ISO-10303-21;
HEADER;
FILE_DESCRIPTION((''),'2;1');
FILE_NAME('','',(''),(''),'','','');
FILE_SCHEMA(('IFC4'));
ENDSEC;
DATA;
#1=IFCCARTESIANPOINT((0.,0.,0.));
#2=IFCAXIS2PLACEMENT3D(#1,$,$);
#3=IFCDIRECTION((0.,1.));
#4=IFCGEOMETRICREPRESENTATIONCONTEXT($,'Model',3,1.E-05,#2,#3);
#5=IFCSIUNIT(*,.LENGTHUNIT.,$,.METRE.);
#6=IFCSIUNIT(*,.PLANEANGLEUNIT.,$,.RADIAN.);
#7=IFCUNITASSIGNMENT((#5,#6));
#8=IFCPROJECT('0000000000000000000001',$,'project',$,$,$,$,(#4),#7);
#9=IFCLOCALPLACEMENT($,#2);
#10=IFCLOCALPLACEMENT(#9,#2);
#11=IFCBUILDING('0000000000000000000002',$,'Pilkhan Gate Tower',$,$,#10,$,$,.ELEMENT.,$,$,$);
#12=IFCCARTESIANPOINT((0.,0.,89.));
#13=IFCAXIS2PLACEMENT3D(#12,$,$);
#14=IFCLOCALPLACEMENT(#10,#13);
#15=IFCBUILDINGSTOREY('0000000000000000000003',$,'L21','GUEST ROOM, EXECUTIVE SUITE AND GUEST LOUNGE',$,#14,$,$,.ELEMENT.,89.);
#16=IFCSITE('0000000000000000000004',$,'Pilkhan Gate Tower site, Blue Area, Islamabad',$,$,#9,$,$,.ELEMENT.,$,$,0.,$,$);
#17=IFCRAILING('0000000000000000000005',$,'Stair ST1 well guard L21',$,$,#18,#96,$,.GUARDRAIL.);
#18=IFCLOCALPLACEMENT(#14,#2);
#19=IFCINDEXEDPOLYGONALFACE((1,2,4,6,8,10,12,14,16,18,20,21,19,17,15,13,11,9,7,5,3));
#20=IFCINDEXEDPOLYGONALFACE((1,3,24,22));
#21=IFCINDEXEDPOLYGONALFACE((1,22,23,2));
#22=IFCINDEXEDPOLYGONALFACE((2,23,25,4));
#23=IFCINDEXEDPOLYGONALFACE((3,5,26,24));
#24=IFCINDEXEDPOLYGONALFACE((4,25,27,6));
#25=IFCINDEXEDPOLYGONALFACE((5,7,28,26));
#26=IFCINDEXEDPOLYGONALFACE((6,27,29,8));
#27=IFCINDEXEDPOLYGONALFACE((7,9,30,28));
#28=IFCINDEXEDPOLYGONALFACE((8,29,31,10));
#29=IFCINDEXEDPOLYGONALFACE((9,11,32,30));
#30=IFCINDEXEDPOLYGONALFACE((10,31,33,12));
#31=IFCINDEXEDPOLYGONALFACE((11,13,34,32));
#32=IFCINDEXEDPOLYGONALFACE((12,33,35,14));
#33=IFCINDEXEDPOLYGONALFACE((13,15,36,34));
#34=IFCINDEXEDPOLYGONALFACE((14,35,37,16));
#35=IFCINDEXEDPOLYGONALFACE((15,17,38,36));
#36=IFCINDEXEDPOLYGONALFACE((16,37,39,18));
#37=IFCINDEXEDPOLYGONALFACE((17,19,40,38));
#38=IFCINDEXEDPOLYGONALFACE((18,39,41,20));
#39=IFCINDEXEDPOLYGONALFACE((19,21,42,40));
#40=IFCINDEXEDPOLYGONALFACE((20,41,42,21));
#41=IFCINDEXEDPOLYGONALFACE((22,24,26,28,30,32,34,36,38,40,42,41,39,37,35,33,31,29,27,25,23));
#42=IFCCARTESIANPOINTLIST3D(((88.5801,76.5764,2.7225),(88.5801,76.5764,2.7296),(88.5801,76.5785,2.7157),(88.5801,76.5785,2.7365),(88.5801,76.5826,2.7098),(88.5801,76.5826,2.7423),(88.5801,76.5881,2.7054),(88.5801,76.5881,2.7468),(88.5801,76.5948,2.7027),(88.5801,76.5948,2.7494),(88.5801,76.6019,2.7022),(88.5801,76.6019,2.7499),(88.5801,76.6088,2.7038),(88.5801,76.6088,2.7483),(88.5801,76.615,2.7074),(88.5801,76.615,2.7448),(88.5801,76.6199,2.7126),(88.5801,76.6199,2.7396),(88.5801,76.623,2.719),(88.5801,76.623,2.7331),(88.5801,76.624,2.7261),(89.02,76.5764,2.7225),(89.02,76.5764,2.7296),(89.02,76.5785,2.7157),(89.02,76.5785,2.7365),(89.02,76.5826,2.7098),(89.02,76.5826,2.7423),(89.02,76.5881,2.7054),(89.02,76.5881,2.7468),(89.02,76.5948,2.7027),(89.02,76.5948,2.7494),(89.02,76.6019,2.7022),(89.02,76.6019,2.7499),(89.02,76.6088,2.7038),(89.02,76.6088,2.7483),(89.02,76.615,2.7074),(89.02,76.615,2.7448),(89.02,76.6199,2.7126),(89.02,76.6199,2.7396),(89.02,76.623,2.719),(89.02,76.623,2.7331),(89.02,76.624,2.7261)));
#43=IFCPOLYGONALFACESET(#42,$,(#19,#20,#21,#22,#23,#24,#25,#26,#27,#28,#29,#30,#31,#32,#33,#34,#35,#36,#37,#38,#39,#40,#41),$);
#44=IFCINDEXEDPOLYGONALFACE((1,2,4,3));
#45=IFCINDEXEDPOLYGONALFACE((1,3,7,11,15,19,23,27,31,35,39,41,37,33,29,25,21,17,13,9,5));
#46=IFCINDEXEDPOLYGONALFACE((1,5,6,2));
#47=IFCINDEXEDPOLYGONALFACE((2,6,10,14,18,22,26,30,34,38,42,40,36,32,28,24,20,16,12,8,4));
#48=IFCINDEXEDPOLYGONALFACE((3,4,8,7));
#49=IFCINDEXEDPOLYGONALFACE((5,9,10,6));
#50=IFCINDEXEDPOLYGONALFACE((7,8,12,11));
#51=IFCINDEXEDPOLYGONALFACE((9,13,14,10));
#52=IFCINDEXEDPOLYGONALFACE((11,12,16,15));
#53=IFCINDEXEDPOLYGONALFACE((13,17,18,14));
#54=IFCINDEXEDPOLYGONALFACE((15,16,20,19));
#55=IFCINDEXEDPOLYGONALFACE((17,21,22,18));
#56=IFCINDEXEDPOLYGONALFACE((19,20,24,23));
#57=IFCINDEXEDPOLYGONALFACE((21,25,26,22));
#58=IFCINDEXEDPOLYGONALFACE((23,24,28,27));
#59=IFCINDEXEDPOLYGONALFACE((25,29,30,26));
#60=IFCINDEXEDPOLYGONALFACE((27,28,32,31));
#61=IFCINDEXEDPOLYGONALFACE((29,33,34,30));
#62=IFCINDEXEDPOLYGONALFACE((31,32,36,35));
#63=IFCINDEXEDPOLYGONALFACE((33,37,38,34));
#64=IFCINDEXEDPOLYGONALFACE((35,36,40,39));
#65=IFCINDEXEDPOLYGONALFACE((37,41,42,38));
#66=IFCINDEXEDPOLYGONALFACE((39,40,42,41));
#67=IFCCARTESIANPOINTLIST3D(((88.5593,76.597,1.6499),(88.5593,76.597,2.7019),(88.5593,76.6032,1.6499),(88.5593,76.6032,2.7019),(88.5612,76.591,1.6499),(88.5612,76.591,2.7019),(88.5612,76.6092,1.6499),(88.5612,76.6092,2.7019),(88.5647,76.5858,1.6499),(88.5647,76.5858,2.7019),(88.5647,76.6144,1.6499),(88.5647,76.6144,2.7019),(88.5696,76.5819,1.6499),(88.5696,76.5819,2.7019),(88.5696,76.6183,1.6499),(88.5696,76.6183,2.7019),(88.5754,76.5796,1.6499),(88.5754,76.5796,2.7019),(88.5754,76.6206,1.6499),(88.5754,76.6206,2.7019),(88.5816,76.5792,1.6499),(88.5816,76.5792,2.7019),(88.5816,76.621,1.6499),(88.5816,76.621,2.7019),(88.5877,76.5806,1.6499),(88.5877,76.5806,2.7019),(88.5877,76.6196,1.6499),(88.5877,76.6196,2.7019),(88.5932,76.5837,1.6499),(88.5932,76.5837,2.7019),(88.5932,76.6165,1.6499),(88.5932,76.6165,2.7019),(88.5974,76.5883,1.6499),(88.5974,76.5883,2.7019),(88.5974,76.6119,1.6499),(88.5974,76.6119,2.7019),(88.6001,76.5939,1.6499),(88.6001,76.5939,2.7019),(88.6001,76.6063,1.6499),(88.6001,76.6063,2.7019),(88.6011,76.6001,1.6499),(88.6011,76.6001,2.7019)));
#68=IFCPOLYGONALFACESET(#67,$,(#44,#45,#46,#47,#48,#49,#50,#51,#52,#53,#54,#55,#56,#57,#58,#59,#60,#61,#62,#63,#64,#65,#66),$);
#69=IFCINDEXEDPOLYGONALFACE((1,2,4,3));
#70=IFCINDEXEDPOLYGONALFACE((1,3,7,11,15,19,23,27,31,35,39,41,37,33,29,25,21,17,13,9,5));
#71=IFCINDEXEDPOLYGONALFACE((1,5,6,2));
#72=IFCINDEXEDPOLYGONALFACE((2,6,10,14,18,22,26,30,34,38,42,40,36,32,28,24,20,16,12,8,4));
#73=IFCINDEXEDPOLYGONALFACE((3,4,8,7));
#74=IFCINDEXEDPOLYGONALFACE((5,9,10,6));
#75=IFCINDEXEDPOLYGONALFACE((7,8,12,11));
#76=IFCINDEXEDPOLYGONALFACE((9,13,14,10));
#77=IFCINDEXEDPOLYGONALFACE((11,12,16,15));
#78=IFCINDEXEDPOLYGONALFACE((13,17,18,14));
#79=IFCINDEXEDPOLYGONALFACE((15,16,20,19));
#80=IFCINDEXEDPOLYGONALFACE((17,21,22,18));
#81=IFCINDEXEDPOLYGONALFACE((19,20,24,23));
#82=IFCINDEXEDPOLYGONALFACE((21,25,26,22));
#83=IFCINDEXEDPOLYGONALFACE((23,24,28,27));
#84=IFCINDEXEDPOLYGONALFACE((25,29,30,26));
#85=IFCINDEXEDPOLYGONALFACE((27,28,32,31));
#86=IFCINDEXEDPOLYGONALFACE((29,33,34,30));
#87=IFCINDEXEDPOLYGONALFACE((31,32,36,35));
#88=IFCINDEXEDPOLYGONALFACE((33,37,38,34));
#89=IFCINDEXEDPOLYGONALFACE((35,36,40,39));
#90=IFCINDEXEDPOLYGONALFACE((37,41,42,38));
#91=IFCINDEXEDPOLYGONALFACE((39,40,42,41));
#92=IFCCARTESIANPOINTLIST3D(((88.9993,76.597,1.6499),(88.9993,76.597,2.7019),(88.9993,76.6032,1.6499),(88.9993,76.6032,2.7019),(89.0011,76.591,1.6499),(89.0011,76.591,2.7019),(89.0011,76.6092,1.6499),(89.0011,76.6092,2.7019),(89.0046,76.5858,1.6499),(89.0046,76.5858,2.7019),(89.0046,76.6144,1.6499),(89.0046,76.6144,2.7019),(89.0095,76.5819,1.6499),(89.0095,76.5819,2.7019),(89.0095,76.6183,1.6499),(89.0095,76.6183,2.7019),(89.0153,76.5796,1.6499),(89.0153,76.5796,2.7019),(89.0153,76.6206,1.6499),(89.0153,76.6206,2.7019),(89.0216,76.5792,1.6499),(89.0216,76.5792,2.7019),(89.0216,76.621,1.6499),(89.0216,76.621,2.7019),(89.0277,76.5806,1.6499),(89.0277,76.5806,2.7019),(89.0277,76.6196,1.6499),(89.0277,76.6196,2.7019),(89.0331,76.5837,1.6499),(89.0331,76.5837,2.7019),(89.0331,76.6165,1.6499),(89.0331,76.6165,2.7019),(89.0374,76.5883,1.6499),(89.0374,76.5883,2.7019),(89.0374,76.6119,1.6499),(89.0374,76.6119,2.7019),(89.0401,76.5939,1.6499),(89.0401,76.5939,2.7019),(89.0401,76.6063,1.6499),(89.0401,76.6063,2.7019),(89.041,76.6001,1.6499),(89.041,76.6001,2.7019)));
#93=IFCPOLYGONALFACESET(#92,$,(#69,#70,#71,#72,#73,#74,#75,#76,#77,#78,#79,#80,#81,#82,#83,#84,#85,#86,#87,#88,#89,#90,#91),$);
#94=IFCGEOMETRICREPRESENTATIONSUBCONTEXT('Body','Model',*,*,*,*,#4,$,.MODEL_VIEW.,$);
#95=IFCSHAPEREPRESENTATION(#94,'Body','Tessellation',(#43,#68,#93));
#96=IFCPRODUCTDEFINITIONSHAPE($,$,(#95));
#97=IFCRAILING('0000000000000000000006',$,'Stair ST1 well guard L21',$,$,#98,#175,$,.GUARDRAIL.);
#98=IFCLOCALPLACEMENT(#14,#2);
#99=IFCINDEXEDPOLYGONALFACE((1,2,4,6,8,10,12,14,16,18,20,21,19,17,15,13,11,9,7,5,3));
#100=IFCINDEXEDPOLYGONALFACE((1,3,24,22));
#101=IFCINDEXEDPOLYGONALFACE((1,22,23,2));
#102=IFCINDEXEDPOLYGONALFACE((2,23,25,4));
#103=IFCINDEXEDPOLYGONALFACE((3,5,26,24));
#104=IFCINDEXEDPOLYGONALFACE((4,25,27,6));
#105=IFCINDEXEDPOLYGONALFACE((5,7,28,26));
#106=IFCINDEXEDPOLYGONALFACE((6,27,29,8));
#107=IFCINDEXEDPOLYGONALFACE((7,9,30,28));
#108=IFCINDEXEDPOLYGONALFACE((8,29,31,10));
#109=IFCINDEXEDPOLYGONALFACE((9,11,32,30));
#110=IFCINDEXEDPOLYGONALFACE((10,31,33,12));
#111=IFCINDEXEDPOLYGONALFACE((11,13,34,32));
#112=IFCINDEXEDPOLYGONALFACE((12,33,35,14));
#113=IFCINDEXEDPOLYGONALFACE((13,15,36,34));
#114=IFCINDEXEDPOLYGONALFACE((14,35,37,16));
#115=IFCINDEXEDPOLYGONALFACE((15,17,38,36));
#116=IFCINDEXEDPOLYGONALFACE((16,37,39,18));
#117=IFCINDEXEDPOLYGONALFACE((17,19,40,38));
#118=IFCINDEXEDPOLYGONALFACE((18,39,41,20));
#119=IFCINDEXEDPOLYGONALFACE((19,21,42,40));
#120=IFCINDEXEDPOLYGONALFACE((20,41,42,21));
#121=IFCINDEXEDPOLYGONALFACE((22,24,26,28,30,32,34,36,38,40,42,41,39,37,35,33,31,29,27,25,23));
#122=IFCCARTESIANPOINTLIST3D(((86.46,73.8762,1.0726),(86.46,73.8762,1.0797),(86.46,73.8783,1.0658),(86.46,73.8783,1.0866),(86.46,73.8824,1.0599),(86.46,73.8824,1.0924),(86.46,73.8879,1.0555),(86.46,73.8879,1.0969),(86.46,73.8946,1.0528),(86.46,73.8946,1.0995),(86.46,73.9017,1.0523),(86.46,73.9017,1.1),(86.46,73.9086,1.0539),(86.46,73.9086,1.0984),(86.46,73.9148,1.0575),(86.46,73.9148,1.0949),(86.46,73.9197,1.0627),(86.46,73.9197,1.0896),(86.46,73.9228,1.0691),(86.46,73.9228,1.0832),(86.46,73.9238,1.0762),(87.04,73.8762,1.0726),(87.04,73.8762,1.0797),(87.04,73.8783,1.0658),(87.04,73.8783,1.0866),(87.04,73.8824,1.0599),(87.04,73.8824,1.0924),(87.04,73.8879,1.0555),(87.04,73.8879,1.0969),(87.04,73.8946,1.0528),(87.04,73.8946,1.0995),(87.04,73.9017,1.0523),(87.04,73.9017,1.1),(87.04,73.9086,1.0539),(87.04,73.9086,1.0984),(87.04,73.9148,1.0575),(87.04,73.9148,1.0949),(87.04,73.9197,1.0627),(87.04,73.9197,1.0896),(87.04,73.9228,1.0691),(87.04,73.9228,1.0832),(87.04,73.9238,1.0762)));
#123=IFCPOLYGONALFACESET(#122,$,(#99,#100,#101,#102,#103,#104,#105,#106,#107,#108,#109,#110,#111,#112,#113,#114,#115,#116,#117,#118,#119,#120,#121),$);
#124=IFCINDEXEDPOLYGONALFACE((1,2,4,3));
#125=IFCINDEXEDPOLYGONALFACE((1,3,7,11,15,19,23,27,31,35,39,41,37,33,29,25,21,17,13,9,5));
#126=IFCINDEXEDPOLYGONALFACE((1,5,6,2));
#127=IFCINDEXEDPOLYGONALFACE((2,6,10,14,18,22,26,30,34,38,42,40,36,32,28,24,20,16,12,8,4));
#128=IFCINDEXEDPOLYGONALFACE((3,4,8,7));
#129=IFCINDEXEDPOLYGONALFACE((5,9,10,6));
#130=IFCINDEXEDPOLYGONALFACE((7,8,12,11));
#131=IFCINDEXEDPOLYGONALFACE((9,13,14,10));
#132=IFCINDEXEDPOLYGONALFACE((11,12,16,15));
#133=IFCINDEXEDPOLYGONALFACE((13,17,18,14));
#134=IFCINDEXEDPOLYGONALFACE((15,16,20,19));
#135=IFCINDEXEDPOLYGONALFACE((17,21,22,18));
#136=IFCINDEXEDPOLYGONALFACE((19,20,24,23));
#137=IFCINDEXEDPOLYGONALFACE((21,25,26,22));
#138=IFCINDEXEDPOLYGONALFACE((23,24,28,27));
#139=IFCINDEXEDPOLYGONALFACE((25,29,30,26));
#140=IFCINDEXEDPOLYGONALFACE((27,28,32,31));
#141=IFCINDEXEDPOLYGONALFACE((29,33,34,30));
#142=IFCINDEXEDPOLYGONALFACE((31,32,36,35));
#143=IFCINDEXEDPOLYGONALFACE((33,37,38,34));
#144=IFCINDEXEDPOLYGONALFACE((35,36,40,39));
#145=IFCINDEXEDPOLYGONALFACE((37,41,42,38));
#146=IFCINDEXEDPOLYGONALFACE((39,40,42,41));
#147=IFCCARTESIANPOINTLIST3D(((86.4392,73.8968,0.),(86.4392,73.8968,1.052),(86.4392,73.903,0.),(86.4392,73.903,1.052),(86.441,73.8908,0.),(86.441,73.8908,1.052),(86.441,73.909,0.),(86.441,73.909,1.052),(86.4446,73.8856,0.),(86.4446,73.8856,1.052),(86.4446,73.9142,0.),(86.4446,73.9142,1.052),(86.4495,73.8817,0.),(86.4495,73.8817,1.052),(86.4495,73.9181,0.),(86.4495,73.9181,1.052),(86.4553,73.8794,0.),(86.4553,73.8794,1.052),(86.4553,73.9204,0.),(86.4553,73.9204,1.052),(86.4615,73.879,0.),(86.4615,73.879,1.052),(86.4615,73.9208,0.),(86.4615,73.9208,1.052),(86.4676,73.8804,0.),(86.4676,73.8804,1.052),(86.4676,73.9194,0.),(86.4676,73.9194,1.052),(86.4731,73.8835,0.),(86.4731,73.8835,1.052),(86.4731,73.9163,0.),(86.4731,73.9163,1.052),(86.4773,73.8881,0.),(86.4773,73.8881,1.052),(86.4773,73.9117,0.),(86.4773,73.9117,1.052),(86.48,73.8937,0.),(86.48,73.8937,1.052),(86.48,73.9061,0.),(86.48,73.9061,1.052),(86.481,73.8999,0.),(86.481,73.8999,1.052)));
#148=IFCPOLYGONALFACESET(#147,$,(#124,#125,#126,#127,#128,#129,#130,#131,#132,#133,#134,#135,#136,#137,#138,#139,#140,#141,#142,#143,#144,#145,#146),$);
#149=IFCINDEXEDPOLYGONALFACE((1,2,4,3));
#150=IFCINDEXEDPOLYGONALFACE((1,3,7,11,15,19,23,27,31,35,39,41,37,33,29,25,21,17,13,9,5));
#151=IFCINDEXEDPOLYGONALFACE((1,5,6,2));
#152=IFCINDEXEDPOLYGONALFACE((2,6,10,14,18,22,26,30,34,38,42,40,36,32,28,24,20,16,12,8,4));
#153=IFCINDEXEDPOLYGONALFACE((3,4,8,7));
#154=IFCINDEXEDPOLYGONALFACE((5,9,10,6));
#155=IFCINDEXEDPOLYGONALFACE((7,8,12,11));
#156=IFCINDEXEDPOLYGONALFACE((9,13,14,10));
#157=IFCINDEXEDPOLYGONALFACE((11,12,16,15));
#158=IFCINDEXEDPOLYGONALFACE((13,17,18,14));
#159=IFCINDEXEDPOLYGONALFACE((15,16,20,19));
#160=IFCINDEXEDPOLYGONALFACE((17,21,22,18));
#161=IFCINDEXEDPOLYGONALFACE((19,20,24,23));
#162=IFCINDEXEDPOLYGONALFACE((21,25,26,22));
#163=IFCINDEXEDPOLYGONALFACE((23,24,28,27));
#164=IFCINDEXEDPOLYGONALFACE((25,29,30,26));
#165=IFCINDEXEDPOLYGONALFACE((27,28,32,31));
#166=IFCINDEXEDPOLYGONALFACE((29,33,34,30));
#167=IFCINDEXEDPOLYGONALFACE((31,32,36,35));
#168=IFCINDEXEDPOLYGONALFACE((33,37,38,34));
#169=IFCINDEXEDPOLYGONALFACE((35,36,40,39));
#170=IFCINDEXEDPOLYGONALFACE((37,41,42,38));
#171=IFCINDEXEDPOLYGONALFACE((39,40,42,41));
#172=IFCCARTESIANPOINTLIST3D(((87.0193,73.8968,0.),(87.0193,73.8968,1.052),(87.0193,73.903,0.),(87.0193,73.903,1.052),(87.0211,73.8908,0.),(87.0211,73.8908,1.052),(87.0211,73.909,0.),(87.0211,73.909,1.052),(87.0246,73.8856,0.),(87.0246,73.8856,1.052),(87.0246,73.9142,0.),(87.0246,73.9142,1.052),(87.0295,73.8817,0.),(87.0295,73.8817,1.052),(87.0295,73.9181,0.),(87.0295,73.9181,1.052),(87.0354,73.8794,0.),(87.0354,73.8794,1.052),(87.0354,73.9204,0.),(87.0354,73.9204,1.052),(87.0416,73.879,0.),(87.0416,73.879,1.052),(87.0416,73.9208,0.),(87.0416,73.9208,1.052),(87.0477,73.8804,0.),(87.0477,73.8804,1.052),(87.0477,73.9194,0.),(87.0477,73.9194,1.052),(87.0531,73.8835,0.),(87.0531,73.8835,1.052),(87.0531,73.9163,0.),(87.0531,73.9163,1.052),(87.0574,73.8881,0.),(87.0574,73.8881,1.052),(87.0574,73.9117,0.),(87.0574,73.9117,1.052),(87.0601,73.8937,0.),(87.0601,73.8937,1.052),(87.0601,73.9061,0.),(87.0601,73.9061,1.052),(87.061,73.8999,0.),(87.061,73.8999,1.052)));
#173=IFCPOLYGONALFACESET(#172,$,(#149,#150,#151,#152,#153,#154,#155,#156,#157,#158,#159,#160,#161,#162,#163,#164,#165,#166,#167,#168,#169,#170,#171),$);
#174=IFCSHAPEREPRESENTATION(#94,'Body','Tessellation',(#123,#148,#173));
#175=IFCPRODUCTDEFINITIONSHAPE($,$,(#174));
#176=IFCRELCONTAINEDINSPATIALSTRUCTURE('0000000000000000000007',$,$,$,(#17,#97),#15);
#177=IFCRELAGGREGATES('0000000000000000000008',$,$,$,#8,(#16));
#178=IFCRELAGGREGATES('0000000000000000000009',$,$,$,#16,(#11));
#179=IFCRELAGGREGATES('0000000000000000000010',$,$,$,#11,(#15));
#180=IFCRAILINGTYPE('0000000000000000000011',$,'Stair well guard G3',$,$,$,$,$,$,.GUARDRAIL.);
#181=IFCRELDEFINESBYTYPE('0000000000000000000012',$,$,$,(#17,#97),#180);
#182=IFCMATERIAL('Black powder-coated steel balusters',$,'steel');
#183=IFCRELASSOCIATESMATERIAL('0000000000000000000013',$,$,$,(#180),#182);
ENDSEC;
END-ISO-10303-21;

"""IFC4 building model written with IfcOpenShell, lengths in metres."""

from ifc_helpers import new_model, si_unit, direction, frame, origin, origin_2d, place, context, subcontext, project, spatial, circle, extrude, material, type_object, element, save


model = new_model("IFC4")

# Units and contexts
model_context = context("Model", 3, precision=1e-05, world=origin(), true_north=direction((0.0, 1.0)))
body_context = subcontext(model_context, "Body", "Model", "MODEL_VIEW")
ifc_project = project(units=[si_unit("LENGTHUNIT", "METRE"), si_unit("PLANEANGLEUNIT", "RADIAN")], contexts=[model_context])

# Site, building, storey
site_placement = place(None, origin())
site = spatial("IfcSite", under=ifc_project, at=site_placement, Name="Pilkhan Gate Tower site, Blue Area, Islamabad", CompositionType="ELEMENT", RefElevation=0.0)
building_placement = place(site_placement, origin())
building = spatial("IfcBuilding", under=site, at=building_placement, Name="Pilkhan Gate Tower", CompositionType="ELEMENT")
storey_placement = place(building_placement, frame((0.0, 0.0, 89.0)))
storey = spatial("IfcBuildingStorey", under=building, at=storey_placement, Name="L21", Description="GUEST ROOM, EXECUTIVE SUITE AND GUEST LOUNGE", CompositionType="ELEMENT", Elevation=89.0)

# Railings
ifc_material_1 = material(Name="Black powder-coated steel balusters", Category="steel")
railing_type_1 = type_object("IfcRailingType", Name="Stair well guard G3", PredefinedType="GUARDRAIL", material=ifc_material_1)
railing_1_placement = place(storey_placement, frame((88.5801, 76.6001, 1.6499)))
element("IfcRailing", 1, at=railing_1_placement, inside=storey, type_object=railing_type_1, Name="Stair ST1 well guard L21", PredefinedType="GUARDRAIL", context=body_context, shape_type="SweptSolid", body=[
    extrude(circle(Radius=0.0239, at=origin_2d()), frame((0.0, 0.0, 1.0762), z_axis=(1.0, 0.0, 0.0), x_axis=(0.0, 1.0, 0.0)), (0.0, 0.0, 1.0), 0.4399),
    extrude(circle(Radius=0.021, at=origin_2d()), origin(), (0.0, 0.0, 1.0), 1.052),
    extrude(circle(Radius=0.021, at=origin_2d()), frame((0.4399, 0.0, 0.0)), (0.0, 0.0, 1.0), 1.052),
])
for number, where, name in (
    (2, (86.46, 73.8999, 0.0), "Stair ST1 well guard L21"),
):
    element("IfcRailing", number, at=place(storey_placement, frame(where)), inside=storey, type_object=railing_type_1, Name=name, PredefinedType="GUARDRAIL", context=body_context, shape_type="SweptSolid", body=[
        extrude(circle(Radius=0.0239, at=origin_2d()), frame((0.0, 0.0, 1.0762), z_axis=(1.0, 0.0, 0.0), x_axis=(0.0, 1.0, 0.0)), (0.0, 0.0, 1.0), 0.5801),
        extrude(circle(Radius=0.021, at=origin_2d()), origin(), (0.0, 0.0, 1.0), 1.052),
        extrude(circle(Radius=0.021, at=origin_2d()), frame((0.5801, 0.0, 0.0)), (0.0, 0.0, 1.0), 1.052),
    ])

save(model, "model.ifc")
